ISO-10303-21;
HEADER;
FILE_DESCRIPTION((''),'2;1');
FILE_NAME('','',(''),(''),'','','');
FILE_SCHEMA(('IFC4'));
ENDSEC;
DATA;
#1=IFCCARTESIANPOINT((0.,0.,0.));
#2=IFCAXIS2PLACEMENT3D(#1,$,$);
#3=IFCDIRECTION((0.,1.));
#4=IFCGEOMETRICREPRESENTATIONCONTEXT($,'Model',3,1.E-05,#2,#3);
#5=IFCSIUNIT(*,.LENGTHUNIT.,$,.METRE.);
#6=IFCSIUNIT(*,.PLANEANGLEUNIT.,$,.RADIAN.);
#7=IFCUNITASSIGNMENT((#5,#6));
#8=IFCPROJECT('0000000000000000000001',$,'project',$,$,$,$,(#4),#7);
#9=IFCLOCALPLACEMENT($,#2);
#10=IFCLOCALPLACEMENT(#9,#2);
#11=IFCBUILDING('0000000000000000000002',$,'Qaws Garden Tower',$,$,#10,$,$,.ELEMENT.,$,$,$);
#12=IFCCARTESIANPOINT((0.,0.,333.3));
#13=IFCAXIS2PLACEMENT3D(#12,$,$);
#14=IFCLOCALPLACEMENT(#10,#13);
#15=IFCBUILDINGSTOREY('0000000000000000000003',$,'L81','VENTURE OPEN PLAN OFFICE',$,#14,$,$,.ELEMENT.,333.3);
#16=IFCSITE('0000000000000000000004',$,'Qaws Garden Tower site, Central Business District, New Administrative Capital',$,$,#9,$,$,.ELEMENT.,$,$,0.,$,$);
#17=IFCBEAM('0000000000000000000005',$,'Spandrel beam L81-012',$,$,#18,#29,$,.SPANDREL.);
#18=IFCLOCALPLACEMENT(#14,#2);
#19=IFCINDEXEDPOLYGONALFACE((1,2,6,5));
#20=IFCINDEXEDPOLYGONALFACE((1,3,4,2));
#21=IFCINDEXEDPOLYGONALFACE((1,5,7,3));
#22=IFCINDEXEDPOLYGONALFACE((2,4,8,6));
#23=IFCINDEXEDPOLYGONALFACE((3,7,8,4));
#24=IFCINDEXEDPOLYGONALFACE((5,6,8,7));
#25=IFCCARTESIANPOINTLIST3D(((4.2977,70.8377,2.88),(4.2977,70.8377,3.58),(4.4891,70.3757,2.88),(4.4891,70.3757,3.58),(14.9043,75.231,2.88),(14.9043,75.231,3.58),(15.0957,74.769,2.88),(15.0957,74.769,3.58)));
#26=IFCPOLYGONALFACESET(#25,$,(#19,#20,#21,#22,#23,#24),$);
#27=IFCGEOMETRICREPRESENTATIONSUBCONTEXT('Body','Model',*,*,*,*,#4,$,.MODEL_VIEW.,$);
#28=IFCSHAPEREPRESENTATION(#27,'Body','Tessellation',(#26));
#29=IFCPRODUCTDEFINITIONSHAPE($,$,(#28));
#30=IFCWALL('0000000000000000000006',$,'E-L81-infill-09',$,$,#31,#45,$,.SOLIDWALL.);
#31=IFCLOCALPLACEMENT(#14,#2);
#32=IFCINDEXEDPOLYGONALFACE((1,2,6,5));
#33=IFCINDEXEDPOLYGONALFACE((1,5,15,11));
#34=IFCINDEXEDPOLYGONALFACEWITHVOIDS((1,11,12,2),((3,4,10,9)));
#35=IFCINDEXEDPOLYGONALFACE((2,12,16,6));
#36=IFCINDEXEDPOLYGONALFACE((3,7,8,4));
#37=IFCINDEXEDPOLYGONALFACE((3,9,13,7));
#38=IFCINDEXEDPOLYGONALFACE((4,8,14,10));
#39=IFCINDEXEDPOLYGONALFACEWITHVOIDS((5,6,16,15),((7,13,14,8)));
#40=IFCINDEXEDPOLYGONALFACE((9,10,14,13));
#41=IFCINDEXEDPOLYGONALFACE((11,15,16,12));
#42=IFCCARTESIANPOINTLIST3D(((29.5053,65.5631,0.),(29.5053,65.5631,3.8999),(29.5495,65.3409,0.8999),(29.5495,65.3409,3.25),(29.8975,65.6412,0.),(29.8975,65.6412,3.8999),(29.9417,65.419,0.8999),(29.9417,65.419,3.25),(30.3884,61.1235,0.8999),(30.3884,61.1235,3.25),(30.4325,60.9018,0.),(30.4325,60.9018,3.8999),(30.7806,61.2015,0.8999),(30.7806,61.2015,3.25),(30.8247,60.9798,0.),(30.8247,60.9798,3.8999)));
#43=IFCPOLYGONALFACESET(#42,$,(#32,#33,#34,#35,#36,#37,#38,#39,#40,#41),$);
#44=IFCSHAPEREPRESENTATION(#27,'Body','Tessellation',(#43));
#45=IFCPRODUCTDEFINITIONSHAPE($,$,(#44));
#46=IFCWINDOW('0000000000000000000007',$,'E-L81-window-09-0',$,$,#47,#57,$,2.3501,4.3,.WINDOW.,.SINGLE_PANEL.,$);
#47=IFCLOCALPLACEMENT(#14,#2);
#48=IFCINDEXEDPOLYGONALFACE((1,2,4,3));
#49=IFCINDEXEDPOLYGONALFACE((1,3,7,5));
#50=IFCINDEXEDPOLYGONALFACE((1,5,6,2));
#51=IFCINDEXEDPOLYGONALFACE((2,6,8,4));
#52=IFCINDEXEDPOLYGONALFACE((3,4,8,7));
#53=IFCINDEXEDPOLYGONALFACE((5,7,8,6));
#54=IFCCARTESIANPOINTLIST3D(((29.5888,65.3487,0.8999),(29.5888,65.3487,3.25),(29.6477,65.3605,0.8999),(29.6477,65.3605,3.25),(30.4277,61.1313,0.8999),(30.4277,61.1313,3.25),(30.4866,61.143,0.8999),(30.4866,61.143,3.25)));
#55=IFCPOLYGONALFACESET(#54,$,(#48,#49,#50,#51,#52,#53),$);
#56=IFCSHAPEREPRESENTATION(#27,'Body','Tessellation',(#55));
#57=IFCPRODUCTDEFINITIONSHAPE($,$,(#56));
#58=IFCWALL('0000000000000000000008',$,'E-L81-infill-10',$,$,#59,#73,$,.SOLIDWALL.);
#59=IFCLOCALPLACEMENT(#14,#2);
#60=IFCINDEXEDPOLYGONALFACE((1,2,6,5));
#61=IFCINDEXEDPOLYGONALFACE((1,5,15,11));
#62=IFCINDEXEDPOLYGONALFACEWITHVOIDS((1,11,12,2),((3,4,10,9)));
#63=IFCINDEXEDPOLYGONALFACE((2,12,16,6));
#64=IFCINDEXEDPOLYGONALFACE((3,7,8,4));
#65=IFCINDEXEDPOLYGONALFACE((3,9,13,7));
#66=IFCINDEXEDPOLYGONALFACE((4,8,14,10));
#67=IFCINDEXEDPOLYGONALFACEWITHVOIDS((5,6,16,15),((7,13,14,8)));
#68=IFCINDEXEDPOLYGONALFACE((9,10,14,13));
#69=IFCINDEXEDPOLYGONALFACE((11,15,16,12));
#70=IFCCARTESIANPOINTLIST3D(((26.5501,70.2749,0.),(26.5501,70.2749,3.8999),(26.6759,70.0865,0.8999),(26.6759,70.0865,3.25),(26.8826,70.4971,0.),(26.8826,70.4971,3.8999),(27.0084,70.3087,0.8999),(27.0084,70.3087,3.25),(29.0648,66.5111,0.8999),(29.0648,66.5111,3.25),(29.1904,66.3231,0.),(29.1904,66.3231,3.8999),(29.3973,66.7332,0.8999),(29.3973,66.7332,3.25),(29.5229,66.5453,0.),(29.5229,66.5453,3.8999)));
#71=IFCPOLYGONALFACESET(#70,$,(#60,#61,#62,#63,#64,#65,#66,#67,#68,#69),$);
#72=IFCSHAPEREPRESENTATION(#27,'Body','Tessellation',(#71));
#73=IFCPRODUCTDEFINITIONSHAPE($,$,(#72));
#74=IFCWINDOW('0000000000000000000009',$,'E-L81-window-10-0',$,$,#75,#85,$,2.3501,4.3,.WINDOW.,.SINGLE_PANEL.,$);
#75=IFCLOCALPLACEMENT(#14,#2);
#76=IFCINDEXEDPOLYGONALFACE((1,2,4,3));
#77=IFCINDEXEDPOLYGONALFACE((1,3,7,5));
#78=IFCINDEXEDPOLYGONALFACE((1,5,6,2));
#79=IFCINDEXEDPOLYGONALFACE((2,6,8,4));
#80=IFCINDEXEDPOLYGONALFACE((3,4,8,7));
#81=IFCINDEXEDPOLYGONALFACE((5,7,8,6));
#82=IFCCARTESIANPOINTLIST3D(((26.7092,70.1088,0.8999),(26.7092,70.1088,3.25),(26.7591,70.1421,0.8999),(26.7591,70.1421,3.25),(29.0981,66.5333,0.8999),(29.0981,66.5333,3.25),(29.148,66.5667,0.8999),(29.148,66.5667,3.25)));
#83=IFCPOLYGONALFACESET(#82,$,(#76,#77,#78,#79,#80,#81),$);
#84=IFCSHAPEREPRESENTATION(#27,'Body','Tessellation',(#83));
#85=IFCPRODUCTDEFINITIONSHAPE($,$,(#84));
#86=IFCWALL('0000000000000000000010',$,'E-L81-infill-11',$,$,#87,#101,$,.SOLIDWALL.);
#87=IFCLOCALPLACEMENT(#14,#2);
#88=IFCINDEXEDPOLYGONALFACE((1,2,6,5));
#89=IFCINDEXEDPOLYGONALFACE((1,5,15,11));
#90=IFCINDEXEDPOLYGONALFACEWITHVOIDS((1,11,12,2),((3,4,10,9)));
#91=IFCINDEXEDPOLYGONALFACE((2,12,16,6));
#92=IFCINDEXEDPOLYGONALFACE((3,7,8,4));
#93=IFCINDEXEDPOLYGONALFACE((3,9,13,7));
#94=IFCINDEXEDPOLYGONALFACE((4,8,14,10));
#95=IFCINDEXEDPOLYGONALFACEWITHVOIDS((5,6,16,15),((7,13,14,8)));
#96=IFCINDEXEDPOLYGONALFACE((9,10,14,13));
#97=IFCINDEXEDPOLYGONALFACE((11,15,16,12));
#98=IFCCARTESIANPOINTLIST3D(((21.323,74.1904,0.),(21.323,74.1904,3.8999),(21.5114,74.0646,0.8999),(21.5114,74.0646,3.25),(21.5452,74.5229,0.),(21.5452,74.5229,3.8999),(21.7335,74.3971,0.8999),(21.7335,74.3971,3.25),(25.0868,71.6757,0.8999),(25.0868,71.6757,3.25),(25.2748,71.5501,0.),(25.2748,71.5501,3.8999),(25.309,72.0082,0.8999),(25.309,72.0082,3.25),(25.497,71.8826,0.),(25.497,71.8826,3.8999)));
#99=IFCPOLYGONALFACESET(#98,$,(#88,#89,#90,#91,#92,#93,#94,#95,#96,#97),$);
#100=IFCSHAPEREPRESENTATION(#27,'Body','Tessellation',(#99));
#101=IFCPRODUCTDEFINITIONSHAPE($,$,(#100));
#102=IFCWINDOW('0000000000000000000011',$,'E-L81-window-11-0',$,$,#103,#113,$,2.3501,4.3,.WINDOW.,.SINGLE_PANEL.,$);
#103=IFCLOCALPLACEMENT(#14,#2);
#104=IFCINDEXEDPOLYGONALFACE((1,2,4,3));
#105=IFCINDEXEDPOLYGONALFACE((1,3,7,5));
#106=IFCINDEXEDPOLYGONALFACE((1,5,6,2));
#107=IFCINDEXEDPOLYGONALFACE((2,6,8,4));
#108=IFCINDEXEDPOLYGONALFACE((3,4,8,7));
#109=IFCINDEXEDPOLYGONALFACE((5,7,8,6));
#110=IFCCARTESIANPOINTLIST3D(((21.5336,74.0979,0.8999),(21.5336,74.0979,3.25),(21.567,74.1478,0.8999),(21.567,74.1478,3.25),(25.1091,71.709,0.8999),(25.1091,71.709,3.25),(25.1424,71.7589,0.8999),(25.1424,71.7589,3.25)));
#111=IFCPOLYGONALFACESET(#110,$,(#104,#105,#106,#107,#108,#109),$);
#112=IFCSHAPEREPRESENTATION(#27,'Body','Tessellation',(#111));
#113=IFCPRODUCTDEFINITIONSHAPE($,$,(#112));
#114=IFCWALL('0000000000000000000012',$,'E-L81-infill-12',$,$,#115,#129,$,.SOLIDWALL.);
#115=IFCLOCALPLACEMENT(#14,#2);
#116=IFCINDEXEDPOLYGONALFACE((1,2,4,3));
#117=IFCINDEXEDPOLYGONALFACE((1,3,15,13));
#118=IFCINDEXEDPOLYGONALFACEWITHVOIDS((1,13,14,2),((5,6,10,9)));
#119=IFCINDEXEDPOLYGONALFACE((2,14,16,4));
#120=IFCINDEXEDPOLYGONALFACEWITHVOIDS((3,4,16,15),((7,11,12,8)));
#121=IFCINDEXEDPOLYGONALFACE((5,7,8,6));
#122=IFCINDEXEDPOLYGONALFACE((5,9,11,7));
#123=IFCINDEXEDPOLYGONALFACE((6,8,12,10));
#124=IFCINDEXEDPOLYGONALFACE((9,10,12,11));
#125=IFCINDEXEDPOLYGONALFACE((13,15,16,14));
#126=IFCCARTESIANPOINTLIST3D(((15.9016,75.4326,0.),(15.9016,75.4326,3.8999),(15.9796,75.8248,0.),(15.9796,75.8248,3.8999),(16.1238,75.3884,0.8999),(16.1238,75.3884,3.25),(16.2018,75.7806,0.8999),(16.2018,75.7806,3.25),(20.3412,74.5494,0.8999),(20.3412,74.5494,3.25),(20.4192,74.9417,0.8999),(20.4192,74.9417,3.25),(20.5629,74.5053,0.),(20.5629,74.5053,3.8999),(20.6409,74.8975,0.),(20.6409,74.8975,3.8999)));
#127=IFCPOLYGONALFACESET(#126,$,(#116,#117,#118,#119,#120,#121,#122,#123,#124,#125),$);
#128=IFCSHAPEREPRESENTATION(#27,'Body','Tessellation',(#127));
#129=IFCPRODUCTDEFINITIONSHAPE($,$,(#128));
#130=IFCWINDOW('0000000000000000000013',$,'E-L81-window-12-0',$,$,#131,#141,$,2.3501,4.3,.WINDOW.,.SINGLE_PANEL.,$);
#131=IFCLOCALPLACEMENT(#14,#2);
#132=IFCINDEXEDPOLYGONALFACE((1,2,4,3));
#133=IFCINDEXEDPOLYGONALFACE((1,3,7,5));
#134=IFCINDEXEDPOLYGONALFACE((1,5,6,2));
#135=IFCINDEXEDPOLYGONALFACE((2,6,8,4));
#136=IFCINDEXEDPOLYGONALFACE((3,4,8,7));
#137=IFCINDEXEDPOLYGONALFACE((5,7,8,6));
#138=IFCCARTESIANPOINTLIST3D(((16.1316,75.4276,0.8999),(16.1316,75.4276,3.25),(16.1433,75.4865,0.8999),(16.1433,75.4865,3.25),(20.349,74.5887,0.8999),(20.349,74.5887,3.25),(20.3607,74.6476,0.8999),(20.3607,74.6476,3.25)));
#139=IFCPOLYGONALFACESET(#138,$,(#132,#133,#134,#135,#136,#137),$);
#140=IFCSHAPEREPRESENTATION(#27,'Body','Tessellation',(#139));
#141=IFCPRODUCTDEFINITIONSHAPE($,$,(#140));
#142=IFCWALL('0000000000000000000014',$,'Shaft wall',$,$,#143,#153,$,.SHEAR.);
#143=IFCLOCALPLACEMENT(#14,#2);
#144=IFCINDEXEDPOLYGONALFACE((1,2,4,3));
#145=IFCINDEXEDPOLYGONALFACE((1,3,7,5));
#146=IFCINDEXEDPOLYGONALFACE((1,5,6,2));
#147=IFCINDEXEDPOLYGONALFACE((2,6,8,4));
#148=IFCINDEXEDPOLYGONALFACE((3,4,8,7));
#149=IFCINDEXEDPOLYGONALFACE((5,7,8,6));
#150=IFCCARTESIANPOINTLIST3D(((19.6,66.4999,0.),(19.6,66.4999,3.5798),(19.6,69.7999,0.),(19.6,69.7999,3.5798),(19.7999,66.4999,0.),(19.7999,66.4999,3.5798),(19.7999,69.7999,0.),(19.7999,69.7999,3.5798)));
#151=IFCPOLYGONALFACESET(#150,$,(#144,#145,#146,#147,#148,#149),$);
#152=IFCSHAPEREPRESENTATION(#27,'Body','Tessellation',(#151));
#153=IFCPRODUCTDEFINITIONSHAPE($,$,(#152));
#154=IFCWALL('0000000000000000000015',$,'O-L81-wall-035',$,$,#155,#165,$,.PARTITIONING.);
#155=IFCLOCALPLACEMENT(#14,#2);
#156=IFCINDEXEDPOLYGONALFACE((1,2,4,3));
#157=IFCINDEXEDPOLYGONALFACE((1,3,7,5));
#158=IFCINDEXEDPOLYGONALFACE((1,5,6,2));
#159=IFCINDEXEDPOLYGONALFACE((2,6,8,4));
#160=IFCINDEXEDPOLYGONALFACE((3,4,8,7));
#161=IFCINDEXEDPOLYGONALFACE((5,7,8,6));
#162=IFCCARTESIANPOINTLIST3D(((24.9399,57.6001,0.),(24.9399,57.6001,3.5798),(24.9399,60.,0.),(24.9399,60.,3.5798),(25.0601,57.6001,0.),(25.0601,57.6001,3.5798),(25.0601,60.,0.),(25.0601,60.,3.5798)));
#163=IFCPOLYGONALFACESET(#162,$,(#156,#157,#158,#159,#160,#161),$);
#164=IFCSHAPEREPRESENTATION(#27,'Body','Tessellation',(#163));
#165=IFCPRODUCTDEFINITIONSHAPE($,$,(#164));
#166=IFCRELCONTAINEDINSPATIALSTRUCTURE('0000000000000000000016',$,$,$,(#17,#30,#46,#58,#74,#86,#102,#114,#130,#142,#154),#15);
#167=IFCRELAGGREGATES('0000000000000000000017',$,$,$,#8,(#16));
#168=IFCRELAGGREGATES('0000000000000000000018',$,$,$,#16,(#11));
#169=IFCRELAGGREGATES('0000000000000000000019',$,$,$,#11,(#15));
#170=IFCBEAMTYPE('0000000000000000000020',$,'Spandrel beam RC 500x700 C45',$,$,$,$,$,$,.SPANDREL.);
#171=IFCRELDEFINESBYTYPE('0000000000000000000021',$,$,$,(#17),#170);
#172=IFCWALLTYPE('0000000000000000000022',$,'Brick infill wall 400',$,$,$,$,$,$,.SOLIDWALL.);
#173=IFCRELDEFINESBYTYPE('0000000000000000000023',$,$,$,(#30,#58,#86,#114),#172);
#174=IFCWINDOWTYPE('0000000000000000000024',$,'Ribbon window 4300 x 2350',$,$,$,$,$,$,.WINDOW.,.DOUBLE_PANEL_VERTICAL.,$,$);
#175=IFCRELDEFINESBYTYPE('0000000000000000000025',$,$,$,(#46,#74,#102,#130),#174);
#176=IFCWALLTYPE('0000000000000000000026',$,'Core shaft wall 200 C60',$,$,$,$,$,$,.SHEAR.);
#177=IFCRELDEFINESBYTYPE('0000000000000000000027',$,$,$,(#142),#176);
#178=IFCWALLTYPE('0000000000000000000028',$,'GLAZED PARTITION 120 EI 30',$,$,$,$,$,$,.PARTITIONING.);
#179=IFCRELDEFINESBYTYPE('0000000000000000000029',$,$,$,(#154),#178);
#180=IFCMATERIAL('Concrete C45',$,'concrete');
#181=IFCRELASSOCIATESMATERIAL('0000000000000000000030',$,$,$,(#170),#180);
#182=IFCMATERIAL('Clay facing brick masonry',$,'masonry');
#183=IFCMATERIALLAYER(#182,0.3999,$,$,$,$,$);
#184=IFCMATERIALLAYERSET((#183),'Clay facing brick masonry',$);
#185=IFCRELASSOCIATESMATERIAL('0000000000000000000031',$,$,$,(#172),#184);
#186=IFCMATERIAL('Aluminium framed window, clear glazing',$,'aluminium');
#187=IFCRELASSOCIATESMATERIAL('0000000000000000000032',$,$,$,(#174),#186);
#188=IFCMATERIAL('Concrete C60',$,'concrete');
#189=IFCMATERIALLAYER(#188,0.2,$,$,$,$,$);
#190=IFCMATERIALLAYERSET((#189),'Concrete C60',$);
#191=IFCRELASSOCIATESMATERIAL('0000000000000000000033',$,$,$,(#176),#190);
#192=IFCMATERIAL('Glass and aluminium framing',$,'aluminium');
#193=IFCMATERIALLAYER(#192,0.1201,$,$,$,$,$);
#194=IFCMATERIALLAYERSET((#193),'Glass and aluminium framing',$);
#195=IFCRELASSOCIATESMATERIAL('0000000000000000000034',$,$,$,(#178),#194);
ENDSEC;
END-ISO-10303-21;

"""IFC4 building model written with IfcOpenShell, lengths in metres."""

from ifc_helpers import new_model, si_unit, direction, frame, frame_2d, origin, origin_2d, place, context, subcontext, project, spatial, rectangle, extrude, material, layer, layer_set, material_profile, profile_set, type_object, element, fill, save


model = new_model("IFC4")

# Units and contexts
model_context = context("Model", 3, precision=1e-05, world=origin(), true_north=direction((0.0, 1.0)))
body_context = subcontext(model_context, "Body", "Model", "MODEL_VIEW")
ifc_project = project(units=[si_unit("LENGTHUNIT", "METRE"), si_unit("PLANEANGLEUNIT", "RADIAN")], contexts=[model_context])

# Site, building, storey
site_placement = place(None, origin())
site = spatial("IfcSite", under=ifc_project, at=site_placement, Name="Qaws Garden Tower site, Central Business District, New Administrative Capital", CompositionType="ELEMENT", RefElevation=0.0)
building_placement = place(site_placement, origin())
building = spatial("IfcBuilding", under=site, at=building_placement, Name="Qaws Garden Tower", CompositionType="ELEMENT")
storey_placement = place(building_placement, frame((0.0, 0.0, 333.3)))
storey = spatial("IfcBuildingStorey", under=building, at=storey_placement, Name="L81", Description="VENTURE OPEN PLAN OFFICE", CompositionType="ELEMENT", Elevation=333.3)

# Beam
ifc_material_1 = material(Name="Concrete C45", Category="concrete")
ifc_material_profile_1 = material_profile(ifc_material_1, rectangle(XDim=0.5, YDim=0.7, at=origin_2d()), Name="RC 500x700")
ifc_profile_set_1 = profile_set([ifc_material_profile_1], Name="Concrete C45")
beam_type = type_object("IfcBeamType", Name="Spandrel beam RC 500x700 C45", PredefinedType="SPANDREL", material=ifc_profile_set_1)
for number, where, z_axis, x_axis, name in (
    (1, (15.0, 75.0, 3.23), (-0.923883, -0.382674, 0.0), (0.382674, -0.923883, 0.0), "Spandrel beam L81-012"),
):
    element("IfcBeam", number, at=place(storey_placement, frame(where, z_axis=z_axis, x_axis=x_axis)), inside=storey, type_object=beam_type, Name=name, PredefinedType="SPANDREL", context=body_context, shape_type="SweptSolid", body=[
        extrude(rectangle(XDim=0.5, YDim=0.7, at=origin_2d()), origin(), (0.0, 0.0, 1.0), 11.4805),
    ])

# Walls, openings, windows
ifc_material_2 = material(Name="Clay facing brick masonry", Category="masonry")
ifc_layer_1 = layer(ifc_material_2, 0.3999)
ifc_layer_set_1 = layer_set([ifc_layer_1], Name="Clay facing brick masonry")
wall_type_1 = type_object("IfcWallType", Name="Brick infill wall 400", PredefinedType="SOLIDWALL", material=ifc_layer_set_1)
wall_1_placement = place(storey_placement, frame((30.6287, 60.9407, 0.0), z_axis=(0.0, 0.0, 1.0), x_axis=(-0.195099, 0.980784, 0.0)))
wall_1 = element("IfcWall", 2, at=wall_1_placement, inside=storey, type_object=wall_type_1, Name="E-L81-infill-09", PredefinedType="SOLIDWALL", context=body_context, shape_type="SweptSolid", body=[
    extrude(rectangle(XDim=4.7527, YDim=0.3999, at=frame_2d((2.3765, 0.0))), origin(), (0.0, 0.0, 1.0), 3.8999),
])
opening_1_placement = place(wall_1_placement, frame((0.2263, 0.0, 0.8999)))
opening_1 = element("IfcOpeningElement", 3, at=opening_1_placement, cuts=wall_1, PredefinedType="OPENING", context=body_context, shape_type="SweptSolid", body=[
    extrude(rectangle(XDim=4.3, YDim=2.3501, at=frame_2d((2.1499, 1.175))), frame((0.0, 0.21, 0.0), z_axis=(0.0, -1.0, 0.0), x_axis=(1.0, 0.0, 0.0)), (0.0, 0.0, 1.0), 0.4199),
])
ifc_material_3 = material(Name="Aluminium framed window, clear glazing", Category="aluminium")
window_type = type_object("IfcWindowType", Name="Ribbon window 4300 x 2350", PartitioningType="DOUBLE_PANEL_VERTICAL", PredefinedType="WINDOW", material=ifc_material_3)
window_1_placement = place(opening_1_placement, origin())
window_1 = element("IfcWindow", 4, at=window_1_placement, inside=storey, type_object=window_type, Name="E-L81-window-09-0", OverallHeight=2.3501, OverallWidth=4.3, PartitioningType="SINGLE_PANEL", PredefinedType="WINDOW", context=body_context, shape_type="SweptSolid", body=[
    extrude(rectangle(XDim=4.3, YDim=2.3501, at=frame_2d((2.1499, 1.175))), frame((0.0, 0.1599, 0.0), z_axis=(0.0, -1.0, 0.0), x_axis=(1.0, 0.0, 0.0)), (0.0, 0.0, 1.0), 0.0601),
])
fill(opening_1, window_1)
wall_2_placement = place(storey_placement, frame((29.3567, 66.4341, 0.0), z_axis=(0.0, 0.0, 1.0), x_axis=(-0.555542, 0.831489, 0.0)))
wall_2 = element("IfcWall", 5, at=wall_2_placement, inside=storey, type_object=wall_type_1, Name="E-L81-infill-10", PredefinedType="SOLIDWALL", context=body_context, shape_type="SweptSolid", body=[
    extrude(rectangle(XDim=4.7527, YDim=0.3999, at=frame_2d((2.3765, 0.0))), origin(), (0.0, 0.0, 1.0), 3.8999),
])
opening_2_placement = place(wall_2_placement, frame((0.2263, 0.0, 0.8999)))
opening_2 = element("IfcOpeningElement", 6, at=opening_2_placement, cuts=wall_2, PredefinedType="OPENING", context=body_context, shape_type="SweptSolid", body=[
    extrude(rectangle(XDim=4.3, YDim=2.3501, at=frame_2d((2.1499, 1.175))), frame((0.0, 0.21, 0.0), z_axis=(0.0, -1.0, 0.0), x_axis=(1.0, 0.0, 0.0)), (0.0, 0.0, 1.0), 0.4199),
])
window_2_placement = place(opening_2_placement, origin())
window_2 = element("IfcWindow", 7, at=window_2_placement, inside=storey, type_object=window_type, Name="E-L81-window-10-0", OverallHeight=2.3501, OverallWidth=4.3, PartitioningType="SINGLE_PANEL", PredefinedType="WINDOW", context=body_context, shape_type="SweptSolid", body=[
    extrude(rectangle(XDim=4.3, YDim=2.3501, at=frame_2d((2.1499, 1.175))), frame((0.0, 0.1599, 0.0), z_axis=(0.0, -1.0, 0.0), x_axis=(1.0, 0.0, 0.0)), (0.0, 0.0, 1.0), 0.0601),
])
fill(opening_2, window_2)
wall_3_placement = place(storey_placement, frame((25.386, 71.7163, 0.0), z_axis=(0.0, 0.0, 1.0), x_axis=(-0.831489, 0.555542, 0.0)))
wall_3 = element("IfcWall", 8, at=wall_3_placement, inside=storey, type_object=wall_type_1, Name="E-L81-infill-11", PredefinedType="SOLIDWALL", context=body_context, shape_type="SweptSolid", body=[
    extrude(rectangle(XDim=4.7527, YDim=0.3999, at=frame_2d((2.3765, 0.0))), origin(), (0.0, 0.0, 1.0), 3.8999),
])
opening_3_placement = place(wall_3_placement, frame((0.2263, 0.0, 0.8999)))
opening_3 = element("IfcOpeningElement", 9, at=opening_3_placement, cuts=wall_3, PredefinedType="OPENING", context=body_context, shape_type="SweptSolid", body=[
    extrude(rectangle(XDim=4.3, YDim=2.3501, at=frame_2d((2.1499, 1.175))), frame((0.0, 0.21, 0.0), z_axis=(0.0, -1.0, 0.0), x_axis=(1.0, 0.0, 0.0)), (0.0, 0.0, 1.0), 0.4199),
])
window_3_placement = place(opening_3_placement, origin())
window_3 = element("IfcWindow", 10, at=window_3_placement, inside=storey, type_object=window_type, Name="E-L81-window-11-0", OverallHeight=2.3501, OverallWidth=4.3, PartitioningType="SINGLE_PANEL", PredefinedType="WINDOW", context=body_context, shape_type="SweptSolid", body=[
    extrude(rectangle(XDim=4.3, YDim=2.3501, at=frame_2d((2.1499, 1.175))), frame((0.0, 0.1599, 0.0), z_axis=(0.0, -1.0, 0.0), x_axis=(1.0, 0.0, 0.0)), (0.0, 0.0, 1.0), 0.0601),
])
fill(opening_3, window_3)
wall_4_placement = place(storey_placement, frame((20.6021, 74.7014, 0.0), z_axis=(0.0, 0.0, 1.0), x_axis=(-0.980784, 0.195099, 0.0)))
wall_4 = element("IfcWall", 11, at=wall_4_placement, inside=storey, type_object=wall_type_1, Name="E-L81-infill-12", PredefinedType="SOLIDWALL", context=body_context, shape_type="SweptSolid", body=[
    extrude(rectangle(XDim=4.7527, YDim=0.3999, at=frame_2d((2.3765, 0.0))), origin(), (0.0, 0.0, 1.0), 3.8999),
])
opening_4_placement = place(wall_4_placement, frame((0.2263, 0.0, 0.8999)))
opening_4 = element("IfcOpeningElement", 12, at=opening_4_placement, cuts=wall_4, PredefinedType="OPENING", context=body_context, shape_type="SweptSolid", body=[
    extrude(rectangle(XDim=4.3, YDim=2.3501, at=frame_2d((2.1499, 1.175))), frame((0.0, 0.21, 0.0), z_axis=(0.0, -1.0, 0.0), x_axis=(1.0, 0.0, 0.0)), (0.0, 0.0, 1.0), 0.4199),
])
window_4_placement = place(opening_4_placement, origin())
window_4 = element("IfcWindow", 13, at=window_4_placement, inside=storey, type_object=window_type, Name="E-L81-window-12-0", OverallHeight=2.3501, OverallWidth=4.3, PartitioningType="SINGLE_PANEL", PredefinedType="WINDOW", context=body_context, shape_type="SweptSolid", body=[
    extrude(rectangle(XDim=4.3, YDim=2.3501, at=frame_2d((2.1499, 1.175))), frame((0.0, 0.1599, 0.0), z_axis=(0.0, -1.0, 0.0), x_axis=(1.0, 0.0, 0.0)), (0.0, 0.0, 1.0), 0.0601),
])
fill(opening_4, window_4)

# Walls
ifc_material_4 = material(Name="Concrete C60", Category="concrete")
ifc_layer_2 = layer(ifc_material_4, 0.2)
ifc_layer_set_2 = layer_set([ifc_layer_2], Name="Concrete C60")
wall_type_2 = type_object("IfcWallType", Name="Core shaft wall 200 C60", PredefinedType="SHEAR", material=ifc_layer_set_2)
wall_5_placement = place(storey_placement, frame((19.7, 66.5, 0.0), z_axis=(0.0, 0.0, 1.0), x_axis=(0.0, 1.0, 0.0)))
element("IfcWall", 14, at=wall_5_placement, inside=storey, type_object=wall_type_2, Name="Shaft wall", PredefinedType="SHEAR", context=body_context, shape_type="SweptSolid", body=[
    extrude(rectangle(XDim=3.3, YDim=0.2, at=frame_2d((1.6499, 0.0))), origin(), (0.0, 0.0, 1.0), 3.5798),
])
ifc_material_5 = material(Name="Glass and aluminium framing", Category="aluminium")
ifc_layer_3 = layer(ifc_material_5, 0.1201)
ifc_layer_set_3 = layer_set([ifc_layer_3], Name="Glass and aluminium framing")
wall_type_3 = type_object("IfcWallType", Name="GLAZED PARTITION 120 EI 30", PredefinedType="PARTITIONING", material=ifc_layer_set_3)
wall_6_placement = place(storey_placement, frame((25.0, 57.6001, 0.0), z_axis=(0.0, 0.0, 1.0), x_axis=(0.0, 1.0, 0.0)))
element("IfcWall", 15, at=wall_6_placement, inside=storey, type_object=wall_type_3, Name="O-L81-wall-035", PredefinedType="PARTITIONING", context=body_context, shape_type="SweptSolid", body=[
    extrude(rectangle(XDim=2.3999, YDim=0.1201, at=frame_2d((1.2, 0.0))), origin(), (0.0, 0.0, 1.0), 3.5798),
])

save(model, "model.ifc")
